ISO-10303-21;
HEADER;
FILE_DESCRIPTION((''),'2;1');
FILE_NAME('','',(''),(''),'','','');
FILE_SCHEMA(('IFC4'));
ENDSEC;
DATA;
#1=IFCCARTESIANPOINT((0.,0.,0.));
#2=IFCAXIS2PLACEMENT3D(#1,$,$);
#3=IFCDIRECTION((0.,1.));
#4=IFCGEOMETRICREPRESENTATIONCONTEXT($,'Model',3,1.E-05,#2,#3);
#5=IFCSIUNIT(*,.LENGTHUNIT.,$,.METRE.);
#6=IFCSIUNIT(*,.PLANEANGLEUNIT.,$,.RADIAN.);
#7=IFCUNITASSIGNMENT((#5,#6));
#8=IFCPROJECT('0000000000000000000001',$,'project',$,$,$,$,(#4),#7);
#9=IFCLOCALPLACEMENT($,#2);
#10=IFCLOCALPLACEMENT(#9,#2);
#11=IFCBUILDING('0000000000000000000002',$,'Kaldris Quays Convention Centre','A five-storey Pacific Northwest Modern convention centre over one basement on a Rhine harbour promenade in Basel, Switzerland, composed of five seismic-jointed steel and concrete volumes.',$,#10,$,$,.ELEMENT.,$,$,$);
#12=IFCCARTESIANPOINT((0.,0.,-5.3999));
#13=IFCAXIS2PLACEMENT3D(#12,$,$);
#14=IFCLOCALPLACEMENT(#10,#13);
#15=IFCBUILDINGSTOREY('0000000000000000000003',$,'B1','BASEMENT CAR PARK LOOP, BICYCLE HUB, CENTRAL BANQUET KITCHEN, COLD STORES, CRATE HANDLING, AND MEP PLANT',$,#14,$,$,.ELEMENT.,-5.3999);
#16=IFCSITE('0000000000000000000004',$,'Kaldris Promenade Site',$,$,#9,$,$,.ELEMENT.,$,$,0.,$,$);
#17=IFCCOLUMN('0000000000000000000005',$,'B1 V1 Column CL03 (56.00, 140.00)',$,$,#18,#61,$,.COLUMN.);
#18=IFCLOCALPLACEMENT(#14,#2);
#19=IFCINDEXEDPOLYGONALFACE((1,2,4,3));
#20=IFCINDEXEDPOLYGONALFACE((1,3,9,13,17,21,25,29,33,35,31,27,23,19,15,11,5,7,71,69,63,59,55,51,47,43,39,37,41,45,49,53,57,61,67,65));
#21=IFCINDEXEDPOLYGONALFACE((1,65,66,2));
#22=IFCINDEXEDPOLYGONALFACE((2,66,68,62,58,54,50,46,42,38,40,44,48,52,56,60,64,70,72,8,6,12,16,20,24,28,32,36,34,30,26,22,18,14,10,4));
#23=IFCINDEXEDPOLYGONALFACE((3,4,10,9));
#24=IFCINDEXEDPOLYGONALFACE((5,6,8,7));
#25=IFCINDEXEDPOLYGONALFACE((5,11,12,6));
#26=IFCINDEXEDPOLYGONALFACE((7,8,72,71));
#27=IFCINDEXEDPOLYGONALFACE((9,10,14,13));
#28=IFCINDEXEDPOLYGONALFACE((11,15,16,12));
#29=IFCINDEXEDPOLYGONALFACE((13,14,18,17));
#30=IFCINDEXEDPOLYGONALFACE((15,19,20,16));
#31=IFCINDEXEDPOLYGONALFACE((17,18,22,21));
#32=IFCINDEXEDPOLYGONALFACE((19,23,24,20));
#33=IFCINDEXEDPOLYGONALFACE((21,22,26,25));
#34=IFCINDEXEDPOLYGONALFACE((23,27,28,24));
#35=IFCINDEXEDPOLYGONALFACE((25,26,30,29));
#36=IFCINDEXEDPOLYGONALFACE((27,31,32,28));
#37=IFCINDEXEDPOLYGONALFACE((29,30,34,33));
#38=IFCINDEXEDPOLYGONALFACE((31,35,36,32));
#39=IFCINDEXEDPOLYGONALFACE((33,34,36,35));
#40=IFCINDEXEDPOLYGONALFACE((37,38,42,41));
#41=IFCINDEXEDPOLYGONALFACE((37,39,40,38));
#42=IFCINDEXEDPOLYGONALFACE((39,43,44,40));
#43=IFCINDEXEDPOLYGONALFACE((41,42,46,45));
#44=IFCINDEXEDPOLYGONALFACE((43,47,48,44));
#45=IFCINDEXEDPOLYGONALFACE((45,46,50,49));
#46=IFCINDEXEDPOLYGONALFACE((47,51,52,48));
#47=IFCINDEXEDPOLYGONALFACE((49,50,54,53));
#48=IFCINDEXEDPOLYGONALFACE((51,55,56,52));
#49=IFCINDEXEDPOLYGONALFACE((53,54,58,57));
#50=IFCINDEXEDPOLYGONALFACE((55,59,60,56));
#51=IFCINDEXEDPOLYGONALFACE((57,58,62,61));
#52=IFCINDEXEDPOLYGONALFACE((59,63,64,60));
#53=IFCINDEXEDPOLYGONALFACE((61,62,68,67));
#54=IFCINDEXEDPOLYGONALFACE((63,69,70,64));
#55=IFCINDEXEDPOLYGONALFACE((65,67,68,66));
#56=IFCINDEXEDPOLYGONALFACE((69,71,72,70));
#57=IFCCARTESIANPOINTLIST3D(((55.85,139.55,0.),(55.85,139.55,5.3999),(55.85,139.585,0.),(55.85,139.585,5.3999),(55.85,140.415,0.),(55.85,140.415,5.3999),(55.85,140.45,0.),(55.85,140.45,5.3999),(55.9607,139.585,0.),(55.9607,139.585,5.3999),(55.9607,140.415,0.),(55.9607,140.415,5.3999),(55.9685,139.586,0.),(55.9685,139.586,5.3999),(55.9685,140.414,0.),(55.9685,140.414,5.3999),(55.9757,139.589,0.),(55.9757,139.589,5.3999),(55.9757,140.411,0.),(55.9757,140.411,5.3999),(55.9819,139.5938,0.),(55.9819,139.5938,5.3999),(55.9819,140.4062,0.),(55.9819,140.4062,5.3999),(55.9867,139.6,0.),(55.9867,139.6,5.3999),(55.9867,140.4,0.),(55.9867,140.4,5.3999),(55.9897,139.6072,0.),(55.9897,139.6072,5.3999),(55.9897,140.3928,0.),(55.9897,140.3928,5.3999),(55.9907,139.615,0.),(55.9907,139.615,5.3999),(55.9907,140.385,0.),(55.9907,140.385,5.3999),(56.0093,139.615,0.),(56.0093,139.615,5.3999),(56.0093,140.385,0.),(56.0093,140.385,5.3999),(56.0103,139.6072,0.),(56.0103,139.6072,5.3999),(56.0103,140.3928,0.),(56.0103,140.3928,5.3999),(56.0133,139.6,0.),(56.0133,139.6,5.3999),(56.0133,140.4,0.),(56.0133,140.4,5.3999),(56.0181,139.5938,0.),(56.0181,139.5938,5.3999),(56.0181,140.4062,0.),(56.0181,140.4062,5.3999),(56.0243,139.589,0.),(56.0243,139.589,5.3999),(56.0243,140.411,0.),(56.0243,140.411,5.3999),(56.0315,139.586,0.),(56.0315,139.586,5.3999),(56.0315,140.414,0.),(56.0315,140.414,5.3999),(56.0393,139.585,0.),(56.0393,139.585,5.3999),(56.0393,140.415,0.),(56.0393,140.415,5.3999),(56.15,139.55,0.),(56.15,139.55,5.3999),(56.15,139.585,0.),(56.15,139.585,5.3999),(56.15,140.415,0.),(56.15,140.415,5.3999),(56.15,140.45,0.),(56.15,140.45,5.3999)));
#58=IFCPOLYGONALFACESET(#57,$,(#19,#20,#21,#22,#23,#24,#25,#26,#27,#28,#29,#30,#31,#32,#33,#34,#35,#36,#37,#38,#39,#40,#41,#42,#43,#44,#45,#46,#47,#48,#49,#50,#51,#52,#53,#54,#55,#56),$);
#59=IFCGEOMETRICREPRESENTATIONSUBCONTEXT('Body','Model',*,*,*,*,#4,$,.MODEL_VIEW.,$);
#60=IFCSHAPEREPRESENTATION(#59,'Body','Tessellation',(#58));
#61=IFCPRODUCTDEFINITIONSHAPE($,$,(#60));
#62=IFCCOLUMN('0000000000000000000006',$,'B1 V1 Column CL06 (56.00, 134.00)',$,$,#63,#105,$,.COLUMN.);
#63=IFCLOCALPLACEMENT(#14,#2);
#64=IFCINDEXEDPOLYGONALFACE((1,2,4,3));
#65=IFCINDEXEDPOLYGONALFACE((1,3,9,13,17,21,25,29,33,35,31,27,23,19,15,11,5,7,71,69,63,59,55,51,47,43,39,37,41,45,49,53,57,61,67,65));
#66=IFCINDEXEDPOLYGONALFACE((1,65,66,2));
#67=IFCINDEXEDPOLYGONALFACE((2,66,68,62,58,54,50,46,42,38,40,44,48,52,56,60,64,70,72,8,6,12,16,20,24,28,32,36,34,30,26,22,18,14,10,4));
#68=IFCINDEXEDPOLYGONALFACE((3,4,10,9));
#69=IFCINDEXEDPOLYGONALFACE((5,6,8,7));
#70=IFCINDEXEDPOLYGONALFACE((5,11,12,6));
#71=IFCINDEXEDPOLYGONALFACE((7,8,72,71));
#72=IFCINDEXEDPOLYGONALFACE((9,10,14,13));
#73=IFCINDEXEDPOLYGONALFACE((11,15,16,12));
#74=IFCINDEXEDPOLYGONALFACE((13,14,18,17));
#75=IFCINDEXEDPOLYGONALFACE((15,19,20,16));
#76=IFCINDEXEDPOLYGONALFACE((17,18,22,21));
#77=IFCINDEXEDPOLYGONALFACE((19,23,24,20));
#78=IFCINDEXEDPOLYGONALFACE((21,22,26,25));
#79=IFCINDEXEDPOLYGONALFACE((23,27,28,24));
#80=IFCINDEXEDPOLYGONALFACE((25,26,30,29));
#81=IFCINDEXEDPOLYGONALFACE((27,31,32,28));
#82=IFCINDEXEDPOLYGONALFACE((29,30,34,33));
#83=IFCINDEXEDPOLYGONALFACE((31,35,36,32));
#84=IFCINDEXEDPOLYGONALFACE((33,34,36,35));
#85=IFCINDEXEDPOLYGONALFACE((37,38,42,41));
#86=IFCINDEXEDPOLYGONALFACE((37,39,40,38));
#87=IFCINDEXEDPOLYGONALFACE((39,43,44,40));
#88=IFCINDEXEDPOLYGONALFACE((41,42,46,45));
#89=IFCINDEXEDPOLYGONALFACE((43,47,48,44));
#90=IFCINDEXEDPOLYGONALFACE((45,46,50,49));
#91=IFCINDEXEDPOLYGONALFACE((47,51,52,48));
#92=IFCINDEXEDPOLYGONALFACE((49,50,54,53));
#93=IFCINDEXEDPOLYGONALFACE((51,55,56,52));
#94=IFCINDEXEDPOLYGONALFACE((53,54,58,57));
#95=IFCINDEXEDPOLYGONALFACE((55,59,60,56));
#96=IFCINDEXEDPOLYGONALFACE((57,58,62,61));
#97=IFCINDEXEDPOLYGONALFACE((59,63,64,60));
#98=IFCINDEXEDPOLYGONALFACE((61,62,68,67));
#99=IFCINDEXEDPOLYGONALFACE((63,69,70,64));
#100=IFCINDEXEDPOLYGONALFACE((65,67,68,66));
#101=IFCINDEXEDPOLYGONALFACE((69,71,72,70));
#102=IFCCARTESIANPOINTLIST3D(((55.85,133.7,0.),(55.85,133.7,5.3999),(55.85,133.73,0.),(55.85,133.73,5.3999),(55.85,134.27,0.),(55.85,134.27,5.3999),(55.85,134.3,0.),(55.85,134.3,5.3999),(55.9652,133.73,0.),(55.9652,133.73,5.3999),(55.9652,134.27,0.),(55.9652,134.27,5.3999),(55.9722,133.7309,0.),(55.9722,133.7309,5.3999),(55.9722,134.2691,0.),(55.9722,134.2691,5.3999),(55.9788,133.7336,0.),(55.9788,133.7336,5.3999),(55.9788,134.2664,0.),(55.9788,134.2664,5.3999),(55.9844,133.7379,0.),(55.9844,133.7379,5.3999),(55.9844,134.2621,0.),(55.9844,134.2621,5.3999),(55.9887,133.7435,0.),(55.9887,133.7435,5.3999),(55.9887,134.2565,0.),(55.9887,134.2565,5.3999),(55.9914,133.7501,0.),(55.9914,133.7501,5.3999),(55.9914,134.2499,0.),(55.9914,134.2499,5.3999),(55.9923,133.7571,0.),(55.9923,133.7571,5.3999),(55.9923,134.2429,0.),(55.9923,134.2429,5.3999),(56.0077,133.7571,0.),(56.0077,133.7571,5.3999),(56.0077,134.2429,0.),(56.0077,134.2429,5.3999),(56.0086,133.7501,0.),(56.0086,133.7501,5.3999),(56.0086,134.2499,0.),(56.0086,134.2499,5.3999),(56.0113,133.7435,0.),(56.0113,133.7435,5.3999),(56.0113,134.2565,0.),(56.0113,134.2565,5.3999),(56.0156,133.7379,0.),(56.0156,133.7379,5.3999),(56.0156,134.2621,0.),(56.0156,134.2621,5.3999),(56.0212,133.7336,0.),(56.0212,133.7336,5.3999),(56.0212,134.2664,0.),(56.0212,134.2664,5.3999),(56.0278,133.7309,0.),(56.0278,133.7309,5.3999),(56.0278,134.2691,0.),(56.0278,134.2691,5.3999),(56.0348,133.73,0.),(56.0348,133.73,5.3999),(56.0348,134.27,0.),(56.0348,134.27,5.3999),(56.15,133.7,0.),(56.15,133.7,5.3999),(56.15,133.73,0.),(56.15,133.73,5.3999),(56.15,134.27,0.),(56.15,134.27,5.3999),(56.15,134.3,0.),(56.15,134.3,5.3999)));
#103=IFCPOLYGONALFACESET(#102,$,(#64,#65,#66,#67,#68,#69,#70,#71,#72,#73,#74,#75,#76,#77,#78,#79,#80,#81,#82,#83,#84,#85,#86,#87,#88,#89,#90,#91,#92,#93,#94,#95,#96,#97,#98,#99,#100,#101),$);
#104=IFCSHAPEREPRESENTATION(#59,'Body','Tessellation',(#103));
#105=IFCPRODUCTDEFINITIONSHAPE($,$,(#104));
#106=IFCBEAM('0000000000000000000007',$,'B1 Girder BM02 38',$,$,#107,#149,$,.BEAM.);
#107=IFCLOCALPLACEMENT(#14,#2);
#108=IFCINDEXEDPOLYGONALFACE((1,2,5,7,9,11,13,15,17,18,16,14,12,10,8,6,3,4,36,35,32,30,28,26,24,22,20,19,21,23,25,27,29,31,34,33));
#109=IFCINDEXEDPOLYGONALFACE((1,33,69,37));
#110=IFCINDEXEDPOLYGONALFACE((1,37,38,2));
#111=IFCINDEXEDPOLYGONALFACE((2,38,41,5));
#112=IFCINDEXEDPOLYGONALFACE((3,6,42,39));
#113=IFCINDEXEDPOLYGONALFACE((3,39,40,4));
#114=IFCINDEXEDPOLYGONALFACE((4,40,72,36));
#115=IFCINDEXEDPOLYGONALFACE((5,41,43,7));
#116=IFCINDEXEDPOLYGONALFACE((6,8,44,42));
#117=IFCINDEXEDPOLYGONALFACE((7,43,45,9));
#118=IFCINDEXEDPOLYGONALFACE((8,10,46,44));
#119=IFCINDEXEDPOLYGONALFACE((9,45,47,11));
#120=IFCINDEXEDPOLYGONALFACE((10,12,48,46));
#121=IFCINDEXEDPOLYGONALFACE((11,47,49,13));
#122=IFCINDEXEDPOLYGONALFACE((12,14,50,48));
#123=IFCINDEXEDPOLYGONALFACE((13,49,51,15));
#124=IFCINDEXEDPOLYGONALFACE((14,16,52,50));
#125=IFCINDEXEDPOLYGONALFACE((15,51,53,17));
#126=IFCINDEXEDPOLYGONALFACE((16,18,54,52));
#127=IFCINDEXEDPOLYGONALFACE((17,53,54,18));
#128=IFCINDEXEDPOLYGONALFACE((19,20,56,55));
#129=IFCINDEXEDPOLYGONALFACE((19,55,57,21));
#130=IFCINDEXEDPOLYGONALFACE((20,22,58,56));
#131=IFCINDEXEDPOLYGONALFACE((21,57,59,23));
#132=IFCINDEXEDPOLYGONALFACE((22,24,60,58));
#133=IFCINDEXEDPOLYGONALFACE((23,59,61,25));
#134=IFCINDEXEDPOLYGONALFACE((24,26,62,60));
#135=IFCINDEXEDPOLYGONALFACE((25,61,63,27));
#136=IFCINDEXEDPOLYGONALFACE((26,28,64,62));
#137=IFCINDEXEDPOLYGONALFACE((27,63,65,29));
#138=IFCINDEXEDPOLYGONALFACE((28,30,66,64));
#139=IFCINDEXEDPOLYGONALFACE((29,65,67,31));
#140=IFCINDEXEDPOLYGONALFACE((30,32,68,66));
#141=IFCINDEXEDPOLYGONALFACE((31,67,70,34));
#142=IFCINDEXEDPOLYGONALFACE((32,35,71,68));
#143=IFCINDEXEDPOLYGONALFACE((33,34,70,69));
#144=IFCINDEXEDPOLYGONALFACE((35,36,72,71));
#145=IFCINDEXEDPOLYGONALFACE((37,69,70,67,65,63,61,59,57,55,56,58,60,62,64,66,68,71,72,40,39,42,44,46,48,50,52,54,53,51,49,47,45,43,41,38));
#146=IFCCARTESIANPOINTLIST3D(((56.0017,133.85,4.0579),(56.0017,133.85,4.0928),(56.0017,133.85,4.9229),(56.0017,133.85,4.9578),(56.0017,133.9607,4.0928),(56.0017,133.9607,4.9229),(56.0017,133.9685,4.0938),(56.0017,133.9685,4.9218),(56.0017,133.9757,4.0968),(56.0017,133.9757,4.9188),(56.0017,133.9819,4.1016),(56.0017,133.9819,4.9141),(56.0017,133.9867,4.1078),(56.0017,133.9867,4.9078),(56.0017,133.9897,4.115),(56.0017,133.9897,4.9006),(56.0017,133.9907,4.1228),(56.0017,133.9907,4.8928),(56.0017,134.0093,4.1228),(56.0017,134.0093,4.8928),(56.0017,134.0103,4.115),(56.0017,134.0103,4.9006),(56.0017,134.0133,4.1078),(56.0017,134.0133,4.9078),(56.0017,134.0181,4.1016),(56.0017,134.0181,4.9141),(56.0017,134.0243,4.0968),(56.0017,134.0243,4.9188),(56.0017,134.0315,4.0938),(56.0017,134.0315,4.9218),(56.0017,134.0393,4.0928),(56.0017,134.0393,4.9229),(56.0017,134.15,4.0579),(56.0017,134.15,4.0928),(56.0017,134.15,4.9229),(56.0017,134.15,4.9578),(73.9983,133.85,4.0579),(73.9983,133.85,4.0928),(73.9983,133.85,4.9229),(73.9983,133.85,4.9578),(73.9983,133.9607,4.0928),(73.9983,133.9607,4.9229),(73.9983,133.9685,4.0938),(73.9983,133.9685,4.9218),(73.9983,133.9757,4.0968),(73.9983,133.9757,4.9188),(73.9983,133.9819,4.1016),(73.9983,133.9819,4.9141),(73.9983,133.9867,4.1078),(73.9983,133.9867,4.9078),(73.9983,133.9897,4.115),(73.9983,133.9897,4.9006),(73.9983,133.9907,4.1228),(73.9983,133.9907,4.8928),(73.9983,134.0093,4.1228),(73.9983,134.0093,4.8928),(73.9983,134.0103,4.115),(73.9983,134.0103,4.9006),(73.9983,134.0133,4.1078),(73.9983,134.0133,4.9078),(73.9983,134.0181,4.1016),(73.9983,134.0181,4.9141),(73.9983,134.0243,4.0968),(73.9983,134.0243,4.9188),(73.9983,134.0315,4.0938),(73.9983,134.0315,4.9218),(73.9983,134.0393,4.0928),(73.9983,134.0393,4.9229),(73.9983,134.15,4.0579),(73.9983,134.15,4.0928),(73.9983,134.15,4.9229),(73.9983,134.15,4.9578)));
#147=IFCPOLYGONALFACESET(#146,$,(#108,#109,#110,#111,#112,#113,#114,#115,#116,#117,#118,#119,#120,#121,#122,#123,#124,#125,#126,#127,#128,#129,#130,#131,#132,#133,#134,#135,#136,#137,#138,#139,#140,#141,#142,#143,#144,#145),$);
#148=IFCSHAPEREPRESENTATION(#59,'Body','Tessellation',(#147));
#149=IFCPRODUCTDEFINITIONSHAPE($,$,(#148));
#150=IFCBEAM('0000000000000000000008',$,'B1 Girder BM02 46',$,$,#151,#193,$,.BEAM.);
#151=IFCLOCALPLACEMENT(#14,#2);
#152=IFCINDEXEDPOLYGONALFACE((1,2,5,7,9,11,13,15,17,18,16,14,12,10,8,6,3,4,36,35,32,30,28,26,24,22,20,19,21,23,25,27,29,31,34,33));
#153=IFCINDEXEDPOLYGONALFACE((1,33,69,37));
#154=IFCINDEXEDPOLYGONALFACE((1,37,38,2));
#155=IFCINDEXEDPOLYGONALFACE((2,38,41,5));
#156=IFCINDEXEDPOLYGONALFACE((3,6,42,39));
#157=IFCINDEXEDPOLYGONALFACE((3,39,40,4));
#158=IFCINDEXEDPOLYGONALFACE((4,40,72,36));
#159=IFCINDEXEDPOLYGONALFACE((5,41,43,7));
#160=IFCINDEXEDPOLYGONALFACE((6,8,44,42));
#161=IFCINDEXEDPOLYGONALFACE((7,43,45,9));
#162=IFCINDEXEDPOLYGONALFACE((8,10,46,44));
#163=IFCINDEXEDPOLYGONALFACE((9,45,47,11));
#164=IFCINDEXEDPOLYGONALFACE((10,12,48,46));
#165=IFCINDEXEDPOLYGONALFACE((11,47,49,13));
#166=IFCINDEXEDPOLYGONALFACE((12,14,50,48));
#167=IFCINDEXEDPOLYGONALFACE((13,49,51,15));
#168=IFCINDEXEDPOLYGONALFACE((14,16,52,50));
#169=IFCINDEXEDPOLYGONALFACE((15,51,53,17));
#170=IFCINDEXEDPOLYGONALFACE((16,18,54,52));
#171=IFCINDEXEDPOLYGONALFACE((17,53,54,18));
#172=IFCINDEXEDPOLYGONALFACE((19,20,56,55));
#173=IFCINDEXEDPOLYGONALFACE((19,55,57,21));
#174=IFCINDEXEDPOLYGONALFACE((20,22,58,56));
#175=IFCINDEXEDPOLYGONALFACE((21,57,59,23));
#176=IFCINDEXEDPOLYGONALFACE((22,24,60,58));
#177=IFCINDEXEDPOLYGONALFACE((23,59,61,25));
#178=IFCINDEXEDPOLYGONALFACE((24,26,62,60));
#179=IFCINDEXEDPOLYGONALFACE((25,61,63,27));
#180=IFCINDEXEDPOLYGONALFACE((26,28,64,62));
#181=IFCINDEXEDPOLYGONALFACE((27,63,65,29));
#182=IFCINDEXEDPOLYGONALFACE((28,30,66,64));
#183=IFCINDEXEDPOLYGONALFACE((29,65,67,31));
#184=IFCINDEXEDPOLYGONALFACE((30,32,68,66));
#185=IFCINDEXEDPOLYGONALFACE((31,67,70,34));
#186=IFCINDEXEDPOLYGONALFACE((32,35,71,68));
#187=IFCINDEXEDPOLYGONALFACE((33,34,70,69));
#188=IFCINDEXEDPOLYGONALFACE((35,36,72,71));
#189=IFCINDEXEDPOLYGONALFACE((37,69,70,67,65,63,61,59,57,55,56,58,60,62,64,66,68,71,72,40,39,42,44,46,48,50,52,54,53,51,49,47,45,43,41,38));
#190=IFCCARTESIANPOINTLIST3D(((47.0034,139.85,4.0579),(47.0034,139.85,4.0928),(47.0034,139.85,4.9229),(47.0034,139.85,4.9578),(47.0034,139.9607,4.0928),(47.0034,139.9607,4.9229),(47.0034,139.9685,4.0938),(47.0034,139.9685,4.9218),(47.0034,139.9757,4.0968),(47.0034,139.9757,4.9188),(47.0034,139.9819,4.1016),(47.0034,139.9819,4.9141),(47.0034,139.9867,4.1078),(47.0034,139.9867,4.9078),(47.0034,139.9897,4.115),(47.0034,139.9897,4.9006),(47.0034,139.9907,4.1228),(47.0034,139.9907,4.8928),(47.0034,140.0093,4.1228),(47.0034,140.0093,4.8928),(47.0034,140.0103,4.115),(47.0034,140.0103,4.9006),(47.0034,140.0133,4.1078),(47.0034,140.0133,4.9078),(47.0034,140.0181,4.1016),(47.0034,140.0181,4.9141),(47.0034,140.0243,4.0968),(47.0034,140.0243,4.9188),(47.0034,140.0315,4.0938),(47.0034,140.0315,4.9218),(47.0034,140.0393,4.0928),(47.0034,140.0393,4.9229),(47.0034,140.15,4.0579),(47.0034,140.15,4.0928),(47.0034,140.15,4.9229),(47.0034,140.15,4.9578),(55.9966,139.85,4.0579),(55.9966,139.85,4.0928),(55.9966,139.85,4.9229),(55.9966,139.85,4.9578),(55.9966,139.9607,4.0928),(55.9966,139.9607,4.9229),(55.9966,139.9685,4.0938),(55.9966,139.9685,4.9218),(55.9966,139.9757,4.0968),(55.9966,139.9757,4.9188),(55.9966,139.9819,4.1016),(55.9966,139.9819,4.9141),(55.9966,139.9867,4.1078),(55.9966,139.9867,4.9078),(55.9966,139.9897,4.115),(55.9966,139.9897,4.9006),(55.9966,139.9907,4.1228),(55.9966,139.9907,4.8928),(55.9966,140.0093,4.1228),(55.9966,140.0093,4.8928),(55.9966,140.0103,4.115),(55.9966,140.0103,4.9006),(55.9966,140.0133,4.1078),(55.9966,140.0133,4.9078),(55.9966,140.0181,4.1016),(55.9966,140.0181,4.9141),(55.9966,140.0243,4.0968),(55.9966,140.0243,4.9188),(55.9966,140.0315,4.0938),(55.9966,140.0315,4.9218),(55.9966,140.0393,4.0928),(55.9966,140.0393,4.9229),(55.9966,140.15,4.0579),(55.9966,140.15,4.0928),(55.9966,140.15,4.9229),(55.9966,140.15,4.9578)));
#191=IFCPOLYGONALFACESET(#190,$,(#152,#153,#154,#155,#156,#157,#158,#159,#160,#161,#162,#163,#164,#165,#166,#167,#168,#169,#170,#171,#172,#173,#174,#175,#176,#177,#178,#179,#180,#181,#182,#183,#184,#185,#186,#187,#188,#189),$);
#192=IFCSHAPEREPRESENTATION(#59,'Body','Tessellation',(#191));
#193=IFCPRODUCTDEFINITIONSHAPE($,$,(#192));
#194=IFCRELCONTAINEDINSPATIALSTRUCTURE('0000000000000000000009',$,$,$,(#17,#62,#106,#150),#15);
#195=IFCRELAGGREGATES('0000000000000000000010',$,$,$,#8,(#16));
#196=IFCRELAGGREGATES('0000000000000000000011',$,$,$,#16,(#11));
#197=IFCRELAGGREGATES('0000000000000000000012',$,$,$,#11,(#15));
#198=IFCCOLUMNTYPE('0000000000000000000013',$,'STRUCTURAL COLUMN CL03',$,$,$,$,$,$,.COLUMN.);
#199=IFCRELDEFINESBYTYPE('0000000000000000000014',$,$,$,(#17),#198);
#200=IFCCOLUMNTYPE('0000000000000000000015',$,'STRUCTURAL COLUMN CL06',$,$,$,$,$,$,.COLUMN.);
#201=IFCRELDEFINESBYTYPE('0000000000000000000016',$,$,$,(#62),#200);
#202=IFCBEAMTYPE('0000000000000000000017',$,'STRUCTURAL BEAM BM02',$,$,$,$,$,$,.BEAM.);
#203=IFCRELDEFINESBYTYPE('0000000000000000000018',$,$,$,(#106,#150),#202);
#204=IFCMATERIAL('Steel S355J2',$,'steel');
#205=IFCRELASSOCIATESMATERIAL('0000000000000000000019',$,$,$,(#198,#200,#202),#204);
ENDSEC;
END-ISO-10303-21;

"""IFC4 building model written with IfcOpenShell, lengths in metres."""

from ifc_helpers import new_model, si_unit, direction, frame, origin, origin_2d, place, context, subcontext, project, spatial, i_section, extrude, material, material_profile, profile_set, type_object, element, save


model = new_model("IFC4")

# Units and contexts
model_context = context("Model", 3, precision=1e-05, world=origin(), true_north=direction((0.0, 1.0)))
body_context = subcontext(model_context, "Body", "Model", "MODEL_VIEW")
ifc_project = project(units=[si_unit("LENGTHUNIT", "METRE"), si_unit("PLANEANGLEUNIT", "RADIAN")], contexts=[model_context])

# Site, building, storey
site_placement = place(None, origin())
site = spatial("IfcSite", under=ifc_project, at=site_placement, Name="Kaldris Promenade Site", CompositionType="ELEMENT", RefElevation=0.0)
building_placement = place(site_placement, origin())
building = spatial("IfcBuilding", under=site, at=building_placement, Name="Kaldris Quays Convention Centre", Description="A five-storey Pacific Northwest Modern convention centre over one basement on a Rhine harbour promenade in Basel, Switzerland, composed of five seismic-jointed steel and concrete volumes.", CompositionType="ELEMENT")
storey_placement = place(building_placement, frame((0.0, 0.0, -5.3999)))
storey = spatial("IfcBuildingStorey", under=building, at=storey_placement, Name="B1", Description="BASEMENT CAR PARK LOOP, BICYCLE HUB, CENTRAL BANQUET KITCHEN, COLD STORES, CRATE HANDLING, AND MEP PLANT", CompositionType="ELEMENT", Elevation=-5.3999)

# Columns
ifc_material_1 = material(Name="Steel S355J2", Category="steel")
ifc_material_profile_1 = material_profile(ifc_material_1, i_section(OverallWidth=0.3, OverallDepth=0.8999, WebThickness=0.0186, FlangeThickness=0.0349, FilletRadius=0.03, at=origin_2d()), Name="HEB 900")
ifc_profile_set_1 = profile_set([ifc_material_profile_1], Name="Steel S355J2")
column_type_1 = type_object("IfcColumnType", Name="STRUCTURAL COLUMN CL03", PredefinedType="COLUMN", material=ifc_profile_set_1)
column_1_placement = place(storey_placement, frame((56.0, 140.0, 0.0), z_axis=(0.0, 0.0, 1.0), x_axis=(1.0, 0.0, 0.0)))
element("IfcColumn", 1, at=column_1_placement, inside=storey, type_object=column_type_1, Name="B1 V1 Column CL03 (56.00, 140.00)", PredefinedType="COLUMN", context=body_context, shape_type="SweptSolid", body=[
    extrude(i_section(OverallWidth=0.3, OverallDepth=0.8999, WebThickness=0.0186, FlangeThickness=0.0349, FilletRadius=0.03, at=origin_2d()), origin(), (0.0, 0.0, 1.0), 5.3999),
])
ifc_material_profile_2 = material_profile(ifc_material_1, i_section(OverallWidth=0.3, OverallDepth=0.6001, WebThickness=0.0154, FlangeThickness=0.03, FilletRadius=0.0271, at=origin_2d()), Name="HEB 600")
ifc_profile_set_2 = profile_set([ifc_material_profile_2], Name="Steel S355J2")
column_type_2 = type_object("IfcColumnType", Name="STRUCTURAL COLUMN CL06", PredefinedType="COLUMN", material=ifc_profile_set_2)
column_2_placement = place(storey_placement, frame((56.0, 134.0, 0.0), z_axis=(0.0, 0.0, 1.0), x_axis=(1.0, 0.0, 0.0)))
element("IfcColumn", 2, at=column_2_placement, inside=storey, type_object=column_type_2, Name="B1 V1 Column CL06 (56.00, 134.00)", PredefinedType="COLUMN", context=body_context, shape_type="SweptSolid", body=[
    extrude(i_section(OverallWidth=0.3, OverallDepth=0.6001, WebThickness=0.0154, FlangeThickness=0.03, FilletRadius=0.0271, at=origin_2d()), origin(), (0.0, 0.0, 1.0), 5.3999),
])

# Beams
ifc_material_profile_3 = material_profile(ifc_material_1, i_section(OverallWidth=0.3, OverallDepth=0.8999, WebThickness=0.0186, FlangeThickness=0.0349, FilletRadius=0.03, at=origin_2d()), Name="HEB 900")
ifc_profile_set_3 = profile_set([ifc_material_profile_3], Name="Steel S355J2")
beam_type_1 = type_object("IfcBeamType", Name="STRUCTURAL BEAM BM02", PredefinedType="BEAM", material=ifc_profile_set_3)
beam_1_placement = place(storey_placement, frame((56.0017, 134.0, 4.5078), z_axis=(1.0, 0.0, 0.0), x_axis=(0.0, 1.0, 0.0)))
element("IfcBeam", 3, at=beam_1_placement, inside=storey, type_object=beam_type_1, Name="B1 Girder BM02 38", PredefinedType="BEAM", context=body_context, shape_type="SweptSolid", body=[
    extrude(i_section(OverallWidth=0.3, OverallDepth=0.8999, WebThickness=0.0186, FlangeThickness=0.0349, FilletRadius=0.03, at=origin_2d()), origin(), (0.0, 0.0, 1.0), 17.9966),
])
beam_2_placement = place(storey_placement, frame((47.0034, 140.0, 4.5078), z_axis=(1.0, 0.0, 0.0), x_axis=(0.0, 1.0, 0.0)))
element("IfcBeam", 4, at=beam_2_placement, inside=storey, type_object=beam_type_1, Name="B1 Girder BM02 46", PredefinedType="BEAM", context=body_context, shape_type="SweptSolid", body=[
    extrude(i_section(OverallWidth=0.3, OverallDepth=0.8999, WebThickness=0.0186, FlangeThickness=0.0349, FilletRadius=0.03, at=origin_2d()), origin(), (0.0, 0.0, 1.0), 8.9932),
])

save(model, "model.ifc")
